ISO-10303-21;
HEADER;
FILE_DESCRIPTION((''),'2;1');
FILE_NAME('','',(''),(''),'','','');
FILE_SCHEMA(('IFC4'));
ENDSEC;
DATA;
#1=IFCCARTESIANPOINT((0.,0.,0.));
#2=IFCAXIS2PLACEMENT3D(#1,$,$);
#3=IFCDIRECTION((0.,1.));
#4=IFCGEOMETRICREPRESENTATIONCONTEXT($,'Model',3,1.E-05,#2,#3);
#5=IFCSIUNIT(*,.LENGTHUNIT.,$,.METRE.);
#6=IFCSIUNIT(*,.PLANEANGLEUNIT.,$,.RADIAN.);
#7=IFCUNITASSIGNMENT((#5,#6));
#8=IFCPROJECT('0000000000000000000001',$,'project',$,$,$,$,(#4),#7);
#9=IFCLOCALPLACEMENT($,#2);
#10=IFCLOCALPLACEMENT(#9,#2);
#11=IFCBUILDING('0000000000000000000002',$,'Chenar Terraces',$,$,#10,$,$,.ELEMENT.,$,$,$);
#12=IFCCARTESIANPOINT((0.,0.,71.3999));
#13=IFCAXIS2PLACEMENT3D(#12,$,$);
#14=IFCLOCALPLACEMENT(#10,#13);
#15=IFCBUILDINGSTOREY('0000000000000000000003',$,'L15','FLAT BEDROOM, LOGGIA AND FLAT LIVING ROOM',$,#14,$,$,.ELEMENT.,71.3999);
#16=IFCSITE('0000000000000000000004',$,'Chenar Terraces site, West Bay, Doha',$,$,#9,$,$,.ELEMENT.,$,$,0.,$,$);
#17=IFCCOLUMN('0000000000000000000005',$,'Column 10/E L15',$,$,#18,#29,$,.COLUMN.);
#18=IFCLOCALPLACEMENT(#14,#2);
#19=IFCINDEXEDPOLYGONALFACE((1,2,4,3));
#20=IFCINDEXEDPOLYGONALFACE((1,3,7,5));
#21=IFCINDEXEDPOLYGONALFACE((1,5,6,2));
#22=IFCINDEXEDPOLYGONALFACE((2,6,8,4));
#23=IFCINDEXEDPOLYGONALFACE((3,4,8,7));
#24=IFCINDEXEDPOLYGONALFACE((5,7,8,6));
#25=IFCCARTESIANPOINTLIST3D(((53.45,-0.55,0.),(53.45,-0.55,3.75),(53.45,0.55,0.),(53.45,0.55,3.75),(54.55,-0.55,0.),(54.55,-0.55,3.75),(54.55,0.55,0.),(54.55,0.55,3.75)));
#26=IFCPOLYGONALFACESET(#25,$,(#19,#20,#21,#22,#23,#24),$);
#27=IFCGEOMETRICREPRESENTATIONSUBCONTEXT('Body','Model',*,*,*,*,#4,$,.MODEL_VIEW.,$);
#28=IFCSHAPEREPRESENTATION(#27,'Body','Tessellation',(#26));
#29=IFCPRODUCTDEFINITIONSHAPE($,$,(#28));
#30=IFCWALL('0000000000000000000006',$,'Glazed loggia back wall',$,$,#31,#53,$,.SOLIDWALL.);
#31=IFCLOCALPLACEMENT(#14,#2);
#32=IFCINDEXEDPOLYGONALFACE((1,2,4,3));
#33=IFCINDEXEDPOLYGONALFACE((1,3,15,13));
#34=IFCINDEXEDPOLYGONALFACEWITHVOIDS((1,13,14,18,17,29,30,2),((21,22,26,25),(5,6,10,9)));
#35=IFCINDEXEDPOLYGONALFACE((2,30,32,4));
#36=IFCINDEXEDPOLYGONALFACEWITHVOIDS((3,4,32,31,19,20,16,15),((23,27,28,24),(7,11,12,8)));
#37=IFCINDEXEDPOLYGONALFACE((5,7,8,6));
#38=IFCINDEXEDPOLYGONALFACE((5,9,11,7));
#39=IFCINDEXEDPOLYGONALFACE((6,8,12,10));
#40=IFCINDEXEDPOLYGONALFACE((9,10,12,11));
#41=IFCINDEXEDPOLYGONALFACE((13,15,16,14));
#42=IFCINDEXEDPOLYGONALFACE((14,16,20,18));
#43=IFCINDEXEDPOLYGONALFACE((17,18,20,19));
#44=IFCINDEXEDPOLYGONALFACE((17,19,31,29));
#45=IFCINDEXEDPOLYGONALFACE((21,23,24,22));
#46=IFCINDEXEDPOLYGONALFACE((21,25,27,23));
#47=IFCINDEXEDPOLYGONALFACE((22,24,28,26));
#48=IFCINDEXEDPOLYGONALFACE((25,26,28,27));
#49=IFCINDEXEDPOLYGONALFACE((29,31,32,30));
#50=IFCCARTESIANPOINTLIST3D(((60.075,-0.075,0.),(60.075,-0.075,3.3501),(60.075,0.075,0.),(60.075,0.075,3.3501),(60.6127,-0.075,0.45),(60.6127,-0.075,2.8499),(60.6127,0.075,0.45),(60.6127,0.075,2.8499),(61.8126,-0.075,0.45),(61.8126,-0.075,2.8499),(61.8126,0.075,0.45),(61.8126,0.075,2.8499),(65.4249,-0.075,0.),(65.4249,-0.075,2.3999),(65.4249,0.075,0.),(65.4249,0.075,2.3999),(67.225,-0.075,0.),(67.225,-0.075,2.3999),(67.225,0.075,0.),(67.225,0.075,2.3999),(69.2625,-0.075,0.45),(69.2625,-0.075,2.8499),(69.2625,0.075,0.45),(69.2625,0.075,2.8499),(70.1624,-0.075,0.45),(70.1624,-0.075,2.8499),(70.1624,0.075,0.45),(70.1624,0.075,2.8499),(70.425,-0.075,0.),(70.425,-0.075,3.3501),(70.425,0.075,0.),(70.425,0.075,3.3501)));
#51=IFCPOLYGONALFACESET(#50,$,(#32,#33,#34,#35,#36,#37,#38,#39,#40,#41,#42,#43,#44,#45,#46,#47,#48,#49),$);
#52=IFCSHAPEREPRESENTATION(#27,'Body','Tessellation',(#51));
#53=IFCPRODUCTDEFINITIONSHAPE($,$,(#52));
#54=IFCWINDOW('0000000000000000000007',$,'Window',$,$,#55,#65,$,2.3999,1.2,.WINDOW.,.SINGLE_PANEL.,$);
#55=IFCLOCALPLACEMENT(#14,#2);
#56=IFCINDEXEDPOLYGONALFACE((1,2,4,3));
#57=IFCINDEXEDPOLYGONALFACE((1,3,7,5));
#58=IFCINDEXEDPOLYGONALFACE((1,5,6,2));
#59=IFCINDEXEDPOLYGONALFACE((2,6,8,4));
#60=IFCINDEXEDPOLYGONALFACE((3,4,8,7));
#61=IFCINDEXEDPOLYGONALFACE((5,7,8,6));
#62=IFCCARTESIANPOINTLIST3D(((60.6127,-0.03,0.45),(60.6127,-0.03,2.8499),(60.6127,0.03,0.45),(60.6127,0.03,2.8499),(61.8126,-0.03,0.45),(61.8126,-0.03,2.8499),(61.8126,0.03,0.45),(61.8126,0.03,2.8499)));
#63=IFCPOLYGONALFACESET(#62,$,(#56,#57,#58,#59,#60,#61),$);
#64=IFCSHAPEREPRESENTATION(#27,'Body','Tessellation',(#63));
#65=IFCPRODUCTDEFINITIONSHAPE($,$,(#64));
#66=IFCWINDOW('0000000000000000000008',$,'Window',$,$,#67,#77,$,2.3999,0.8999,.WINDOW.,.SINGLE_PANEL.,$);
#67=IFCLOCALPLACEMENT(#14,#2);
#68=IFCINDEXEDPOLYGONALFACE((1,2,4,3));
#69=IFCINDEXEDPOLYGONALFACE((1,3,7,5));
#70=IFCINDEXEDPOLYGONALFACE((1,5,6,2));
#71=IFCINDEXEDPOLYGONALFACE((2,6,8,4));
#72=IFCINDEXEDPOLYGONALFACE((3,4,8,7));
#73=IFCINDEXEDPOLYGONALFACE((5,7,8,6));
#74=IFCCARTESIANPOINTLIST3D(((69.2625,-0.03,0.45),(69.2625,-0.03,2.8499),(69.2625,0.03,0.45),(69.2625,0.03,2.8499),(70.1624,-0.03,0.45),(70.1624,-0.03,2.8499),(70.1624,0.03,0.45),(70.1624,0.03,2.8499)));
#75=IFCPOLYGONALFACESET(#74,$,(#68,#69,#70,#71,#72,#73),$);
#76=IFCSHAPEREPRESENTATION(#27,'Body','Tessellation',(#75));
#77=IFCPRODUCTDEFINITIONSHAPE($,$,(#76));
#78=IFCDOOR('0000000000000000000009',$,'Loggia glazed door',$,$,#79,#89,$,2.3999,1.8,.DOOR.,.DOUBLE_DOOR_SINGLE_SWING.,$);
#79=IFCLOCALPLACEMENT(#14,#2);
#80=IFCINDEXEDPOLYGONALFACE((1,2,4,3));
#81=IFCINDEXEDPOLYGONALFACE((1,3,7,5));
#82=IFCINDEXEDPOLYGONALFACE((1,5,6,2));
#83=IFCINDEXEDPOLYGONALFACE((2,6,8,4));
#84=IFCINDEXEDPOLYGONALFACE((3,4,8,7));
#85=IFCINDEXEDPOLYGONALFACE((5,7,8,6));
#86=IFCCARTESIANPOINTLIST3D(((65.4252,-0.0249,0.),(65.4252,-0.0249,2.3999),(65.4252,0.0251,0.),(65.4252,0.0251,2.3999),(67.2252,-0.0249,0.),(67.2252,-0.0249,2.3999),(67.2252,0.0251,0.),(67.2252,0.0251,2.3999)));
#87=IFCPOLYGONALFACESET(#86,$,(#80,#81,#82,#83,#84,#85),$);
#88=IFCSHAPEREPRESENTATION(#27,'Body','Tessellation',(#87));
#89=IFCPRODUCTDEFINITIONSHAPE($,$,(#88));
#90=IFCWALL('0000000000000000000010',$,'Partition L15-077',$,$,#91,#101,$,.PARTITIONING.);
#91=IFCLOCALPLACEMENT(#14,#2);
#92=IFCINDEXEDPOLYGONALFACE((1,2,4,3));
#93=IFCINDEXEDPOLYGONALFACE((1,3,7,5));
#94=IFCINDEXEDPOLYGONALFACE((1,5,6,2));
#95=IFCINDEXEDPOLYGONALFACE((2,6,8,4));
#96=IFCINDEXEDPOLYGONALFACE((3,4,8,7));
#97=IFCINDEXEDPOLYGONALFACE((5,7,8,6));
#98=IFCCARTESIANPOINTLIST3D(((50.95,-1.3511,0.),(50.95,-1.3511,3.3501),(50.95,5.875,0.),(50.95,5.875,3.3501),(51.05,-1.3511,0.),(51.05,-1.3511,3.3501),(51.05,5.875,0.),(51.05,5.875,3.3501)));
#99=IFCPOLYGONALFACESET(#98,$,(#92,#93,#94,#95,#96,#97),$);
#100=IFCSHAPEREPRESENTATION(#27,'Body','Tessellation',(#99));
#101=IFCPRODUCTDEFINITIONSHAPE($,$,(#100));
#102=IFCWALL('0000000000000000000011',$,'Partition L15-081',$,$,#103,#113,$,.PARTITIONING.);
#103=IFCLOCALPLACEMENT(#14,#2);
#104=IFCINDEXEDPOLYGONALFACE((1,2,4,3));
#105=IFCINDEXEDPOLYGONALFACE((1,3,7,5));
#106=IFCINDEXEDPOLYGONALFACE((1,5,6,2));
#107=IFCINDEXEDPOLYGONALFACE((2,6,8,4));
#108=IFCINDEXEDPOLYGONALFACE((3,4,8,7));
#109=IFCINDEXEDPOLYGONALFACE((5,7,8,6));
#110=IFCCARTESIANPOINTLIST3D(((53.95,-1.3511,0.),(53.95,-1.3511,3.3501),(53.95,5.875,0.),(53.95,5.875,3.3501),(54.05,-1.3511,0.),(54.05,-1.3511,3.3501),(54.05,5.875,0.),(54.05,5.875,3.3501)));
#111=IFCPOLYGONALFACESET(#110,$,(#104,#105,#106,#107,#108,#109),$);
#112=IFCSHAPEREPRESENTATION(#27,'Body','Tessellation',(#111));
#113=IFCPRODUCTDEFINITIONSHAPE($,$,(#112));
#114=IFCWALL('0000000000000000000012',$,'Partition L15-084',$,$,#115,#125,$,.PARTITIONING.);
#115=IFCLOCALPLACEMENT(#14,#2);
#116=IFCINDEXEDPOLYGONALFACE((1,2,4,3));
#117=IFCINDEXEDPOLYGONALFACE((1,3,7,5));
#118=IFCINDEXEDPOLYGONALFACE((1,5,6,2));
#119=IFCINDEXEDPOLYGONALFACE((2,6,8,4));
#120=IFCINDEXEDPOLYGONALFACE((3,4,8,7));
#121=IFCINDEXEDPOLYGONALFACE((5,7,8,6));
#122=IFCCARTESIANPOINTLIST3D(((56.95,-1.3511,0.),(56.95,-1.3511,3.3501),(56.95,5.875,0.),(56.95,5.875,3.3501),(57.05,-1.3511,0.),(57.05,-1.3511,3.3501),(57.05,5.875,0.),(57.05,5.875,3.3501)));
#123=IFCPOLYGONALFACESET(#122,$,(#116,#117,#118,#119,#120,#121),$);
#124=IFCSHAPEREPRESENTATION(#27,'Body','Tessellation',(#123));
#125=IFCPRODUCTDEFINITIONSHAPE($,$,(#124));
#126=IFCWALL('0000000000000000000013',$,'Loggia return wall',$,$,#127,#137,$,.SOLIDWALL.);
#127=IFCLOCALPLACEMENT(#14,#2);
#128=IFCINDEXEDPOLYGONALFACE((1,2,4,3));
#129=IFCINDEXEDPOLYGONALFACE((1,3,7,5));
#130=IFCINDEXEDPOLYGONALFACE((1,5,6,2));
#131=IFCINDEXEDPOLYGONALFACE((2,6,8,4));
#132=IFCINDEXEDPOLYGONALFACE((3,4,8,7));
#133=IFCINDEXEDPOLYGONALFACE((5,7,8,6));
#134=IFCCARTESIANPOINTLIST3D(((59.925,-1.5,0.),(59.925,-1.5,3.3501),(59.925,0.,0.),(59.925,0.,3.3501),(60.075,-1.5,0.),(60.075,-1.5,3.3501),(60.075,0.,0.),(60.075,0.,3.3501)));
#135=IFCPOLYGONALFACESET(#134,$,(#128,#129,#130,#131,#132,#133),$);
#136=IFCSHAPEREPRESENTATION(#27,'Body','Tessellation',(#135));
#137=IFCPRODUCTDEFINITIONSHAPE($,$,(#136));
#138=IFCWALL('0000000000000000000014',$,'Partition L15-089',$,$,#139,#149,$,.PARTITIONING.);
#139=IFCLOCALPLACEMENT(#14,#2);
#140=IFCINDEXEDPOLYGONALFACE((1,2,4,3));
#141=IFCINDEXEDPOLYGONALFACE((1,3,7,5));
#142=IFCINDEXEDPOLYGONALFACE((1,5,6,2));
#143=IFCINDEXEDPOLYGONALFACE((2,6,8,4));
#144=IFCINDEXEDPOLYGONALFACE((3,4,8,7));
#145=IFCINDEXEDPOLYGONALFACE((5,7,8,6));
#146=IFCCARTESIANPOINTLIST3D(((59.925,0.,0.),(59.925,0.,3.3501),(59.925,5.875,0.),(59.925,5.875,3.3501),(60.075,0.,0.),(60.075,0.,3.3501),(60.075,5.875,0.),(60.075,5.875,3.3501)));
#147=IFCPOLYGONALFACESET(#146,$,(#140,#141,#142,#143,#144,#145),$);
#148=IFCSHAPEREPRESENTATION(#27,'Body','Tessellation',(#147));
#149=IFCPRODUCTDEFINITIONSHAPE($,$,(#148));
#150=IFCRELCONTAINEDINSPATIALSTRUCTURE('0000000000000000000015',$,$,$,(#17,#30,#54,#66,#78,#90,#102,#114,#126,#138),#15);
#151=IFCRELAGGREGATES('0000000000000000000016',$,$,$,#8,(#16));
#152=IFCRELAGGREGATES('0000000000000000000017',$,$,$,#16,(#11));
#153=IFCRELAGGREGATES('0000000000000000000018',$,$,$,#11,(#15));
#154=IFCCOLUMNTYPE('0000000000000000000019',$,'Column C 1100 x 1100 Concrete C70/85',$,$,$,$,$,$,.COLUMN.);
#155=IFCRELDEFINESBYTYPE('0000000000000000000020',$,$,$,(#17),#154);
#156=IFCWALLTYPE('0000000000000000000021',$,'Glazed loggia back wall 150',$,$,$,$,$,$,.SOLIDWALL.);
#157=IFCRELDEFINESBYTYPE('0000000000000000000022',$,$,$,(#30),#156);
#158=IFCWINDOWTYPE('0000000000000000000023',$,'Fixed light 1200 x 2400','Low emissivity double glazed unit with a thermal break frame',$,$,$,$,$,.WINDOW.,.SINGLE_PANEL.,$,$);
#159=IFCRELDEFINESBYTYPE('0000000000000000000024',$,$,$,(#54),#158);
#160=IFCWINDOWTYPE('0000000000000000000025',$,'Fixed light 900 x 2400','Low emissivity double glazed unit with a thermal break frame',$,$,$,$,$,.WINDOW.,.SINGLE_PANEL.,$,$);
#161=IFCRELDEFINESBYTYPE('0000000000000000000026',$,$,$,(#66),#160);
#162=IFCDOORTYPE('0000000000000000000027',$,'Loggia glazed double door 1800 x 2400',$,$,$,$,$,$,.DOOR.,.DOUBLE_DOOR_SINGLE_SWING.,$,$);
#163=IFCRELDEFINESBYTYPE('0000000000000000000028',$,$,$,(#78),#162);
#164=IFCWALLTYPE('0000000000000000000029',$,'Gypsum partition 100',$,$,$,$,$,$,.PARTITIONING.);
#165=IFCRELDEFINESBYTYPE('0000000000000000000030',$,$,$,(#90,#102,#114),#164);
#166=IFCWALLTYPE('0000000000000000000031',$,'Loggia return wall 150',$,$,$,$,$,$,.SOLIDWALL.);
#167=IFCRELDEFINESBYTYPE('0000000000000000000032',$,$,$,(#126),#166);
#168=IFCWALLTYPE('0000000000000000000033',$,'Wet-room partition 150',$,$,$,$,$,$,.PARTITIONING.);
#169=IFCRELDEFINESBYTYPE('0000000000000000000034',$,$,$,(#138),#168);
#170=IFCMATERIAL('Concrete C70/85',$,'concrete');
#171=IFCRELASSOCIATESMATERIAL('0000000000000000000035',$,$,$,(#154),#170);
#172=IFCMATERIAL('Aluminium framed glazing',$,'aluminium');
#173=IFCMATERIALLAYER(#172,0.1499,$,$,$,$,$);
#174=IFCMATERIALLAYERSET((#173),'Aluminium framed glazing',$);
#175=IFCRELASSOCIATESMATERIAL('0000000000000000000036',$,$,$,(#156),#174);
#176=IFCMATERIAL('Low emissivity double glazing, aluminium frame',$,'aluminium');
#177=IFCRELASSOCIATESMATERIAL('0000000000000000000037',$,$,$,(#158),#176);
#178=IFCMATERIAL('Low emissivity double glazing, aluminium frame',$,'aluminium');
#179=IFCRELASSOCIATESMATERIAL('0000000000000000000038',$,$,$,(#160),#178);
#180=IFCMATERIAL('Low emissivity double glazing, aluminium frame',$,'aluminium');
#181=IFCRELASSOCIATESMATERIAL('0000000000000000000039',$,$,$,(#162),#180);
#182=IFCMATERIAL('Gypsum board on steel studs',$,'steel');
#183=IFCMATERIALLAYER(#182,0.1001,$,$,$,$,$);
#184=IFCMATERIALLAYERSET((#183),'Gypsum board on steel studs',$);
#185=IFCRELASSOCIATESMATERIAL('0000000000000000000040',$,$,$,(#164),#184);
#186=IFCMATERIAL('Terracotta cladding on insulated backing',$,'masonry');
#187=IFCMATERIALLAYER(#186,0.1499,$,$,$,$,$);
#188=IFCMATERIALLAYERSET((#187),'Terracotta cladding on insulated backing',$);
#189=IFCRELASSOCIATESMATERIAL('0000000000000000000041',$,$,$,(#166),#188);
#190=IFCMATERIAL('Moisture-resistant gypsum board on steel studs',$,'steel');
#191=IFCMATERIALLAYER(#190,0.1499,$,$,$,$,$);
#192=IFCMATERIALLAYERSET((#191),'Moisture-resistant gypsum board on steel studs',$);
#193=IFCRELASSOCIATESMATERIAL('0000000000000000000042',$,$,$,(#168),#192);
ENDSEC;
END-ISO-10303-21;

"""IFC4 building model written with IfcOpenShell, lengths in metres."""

from ifc_helpers import new_model, si_unit, direction, frame, frame_2d, origin, origin_2d, place, context, subcontext, project, spatial, rectangle, extrude, material, layer, layer_set, material_profile, profile_set, type_object, element, fill, save


model = new_model("IFC4")

# Units and contexts
model_context = context("Model", 3, precision=1e-05, world=origin(), true_north=direction((0.0, 1.0)))
body_context = subcontext(model_context, "Body", "Model", "MODEL_VIEW")
ifc_project = project(units=[si_unit("LENGTHUNIT", "METRE"), si_unit("PLANEANGLEUNIT", "RADIAN")], contexts=[model_context])

# Site, building, storey
site_placement = place(None, origin())
site = spatial("IfcSite", under=ifc_project, at=site_placement, Name="Chenar Terraces site, West Bay, Doha", CompositionType="ELEMENT", RefElevation=0.0)
building_placement = place(site_placement, origin())
building = spatial("IfcBuilding", under=site, at=building_placement, Name="Chenar Terraces", CompositionType="ELEMENT")
storey_placement = place(building_placement, frame((0.0, 0.0, 71.3999)))
storey = spatial("IfcBuildingStorey", under=building, at=storey_placement, Name="L15", Description="FLAT BEDROOM, LOGGIA AND FLAT LIVING ROOM", CompositionType="ELEMENT", Elevation=71.3999)

# Column
ifc_material_1 = material(Name="Concrete C70/85", Category="concrete")
ifc_material_profile_1 = material_profile(ifc_material_1, rectangle(XDim=1.1001, YDim=1.1001, at=origin_2d()), Name="C 1100 x 1100")
ifc_profile_set_1 = profile_set([ifc_material_profile_1], Name="Concrete C70/85")
column_type = type_object("IfcColumnType", Name="Column C 1100 x 1100 Concrete C70/85", PredefinedType="COLUMN", material=ifc_profile_set_1)
column_placement = place(storey_placement, frame((54.0, 0.0, 0.0), z_axis=(0.0, 0.0, 1.0), x_axis=(1.0, 0.0, 0.0)))
element("IfcColumn", 1, at=column_placement, inside=storey, type_object=column_type, Name="Column 10/E L15", PredefinedType="COLUMN", context=body_context, shape_type="SweptSolid", body=[
    extrude(rectangle(XDim=1.1001, YDim=1.1001, at=origin_2d()), origin(), (0.0, 0.0, 1.0), 3.75),
])

# Wall, openings, windows, door
ifc_material_2 = material(Name="Aluminium framed glazing", Category="aluminium")
ifc_layer_1 = layer(ifc_material_2, 0.1499)
ifc_layer_set_1 = layer_set([ifc_layer_1], Name="Aluminium framed glazing")
wall_type_1 = type_object("IfcWallType", Name="Glazed loggia back wall 150", PredefinedType="SOLIDWALL", material=ifc_layer_set_1)
wall_1_placement = place(storey_placement, frame((60.075, 0.0, 0.0), z_axis=(0.0, 0.0, 1.0), x_axis=(1.0, 0.0, 0.0)))
wall_1 = element("IfcWall", 2, at=wall_1_placement, inside=storey, type_object=wall_type_1, Name="Glazed loggia back wall", PredefinedType="SOLIDWALL", context=body_context, shape_type="SweptSolid", body=[
    extrude(rectangle(XDim=10.3501, YDim=0.1499, at=frame_2d((5.175, 0.0))), origin(), (0.0, 0.0, 1.0), 3.3501),
])
opening_1_placement = place(wall_1_placement, frame((0.5376, 0.0, 0.45)))
opening_1 = element("IfcOpeningElement", 3, at=opening_1_placement, cuts=wall_1, PredefinedType="OPENING", context=body_context, shape_type="SweptSolid", body=[
    extrude(rectangle(XDim=1.2, YDim=2.3999, at=frame_2d((0.6001, 1.2))), frame((0.0, 0.085, 0.0), z_axis=(0.0, -1.0, 0.0), x_axis=(1.0, 0.0, 0.0)), (0.0, 0.0, 1.0), 0.1699),
])
opening_2_placement = place(wall_1_placement, frame((5.3501, 0.0, 0.0)))
opening_2 = element("IfcOpeningElement", 4, at=opening_2_placement, cuts=wall_1, PredefinedType="OPENING", context=body_context, shape_type="SweptSolid", body=[
    extrude(rectangle(XDim=1.8, YDim=2.3999, at=frame_2d((0.8999, 1.2))), frame((0.0, 0.085, 0.0), z_axis=(0.0, -1.0, 0.0), x_axis=(1.0, 0.0, 0.0)), (0.0, 0.0, 1.0), 0.1699),
])
opening_3_placement = place(wall_1_placement, frame((9.1875, 0.0, 0.45)))
opening_3 = element("IfcOpeningElement", 5, at=opening_3_placement, cuts=wall_1, PredefinedType="OPENING", context=body_context, shape_type="SweptSolid", body=[
    extrude(rectangle(XDim=0.8999, YDim=2.3999, at=frame_2d((0.45, 1.2))), frame((0.0, 0.085, 0.0), z_axis=(0.0, -1.0, 0.0), x_axis=(1.0, 0.0, 0.0)), (0.0, 0.0, 1.0), 0.1699),
])
ifc_material_3 = material(Name="Low emissivity double glazing, aluminium frame", Category="aluminium")
window_type_1 = type_object("IfcWindowType", Name="Fixed light 1200 x 2400", Description="Low emissivity double glazed unit with a thermal break frame", PartitioningType="SINGLE_PANEL", PredefinedType="WINDOW", material=ifc_material_3)
window_1_placement = place(opening_1_placement, origin())
window_1 = element("IfcWindow", 6, at=window_1_placement, inside=storey, type_object=window_type_1, Name="Window", OverallHeight=2.3999, OverallWidth=1.2, PartitioningType="SINGLE_PANEL", PredefinedType="WINDOW", context=body_context, shape_type="SweptSolid", body=[
    extrude(rectangle(XDim=1.2, YDim=2.3999, at=frame_2d((0.6001, 1.2))), frame((0.0, 0.03, 0.0), z_axis=(0.0, -1.0, 0.0), x_axis=(1.0, 0.0, 0.0)), (0.0, 0.0, 1.0), 0.0601),
])
fill(opening_1, window_1)
ifc_material_4 = material(Name="Low emissivity double glazing, aluminium frame", Category="aluminium")
window_type_2 = type_object("IfcWindowType", Name="Fixed light 900 x 2400", Description="Low emissivity double glazed unit with a thermal break frame", PartitioningType="SINGLE_PANEL", PredefinedType="WINDOW", material=ifc_material_4)
window_2_placement = place(opening_3_placement, origin())
window_2 = element("IfcWindow", 7, at=window_2_placement, inside=storey, type_object=window_type_2, Name="Window", OverallHeight=2.3999, OverallWidth=0.8999, PartitioningType="SINGLE_PANEL", PredefinedType="WINDOW", context=body_context, shape_type="SweptSolid", body=[
    extrude(rectangle(XDim=0.8999, YDim=2.3999, at=frame_2d((0.45, 1.2))), frame((0.0, 0.03, 0.0), z_axis=(0.0, -1.0, 0.0), x_axis=(1.0, 0.0, 0.0)), (0.0, 0.0, 1.0), 0.0601),
])
fill(opening_3, window_2)
ifc_material_5 = material(Name="Low emissivity double glazing, aluminium frame", Category="aluminium")
door_type = type_object("IfcDoorType", Name="Loggia glazed double door 1800 x 2400", OperationType="DOUBLE_DOOR_SINGLE_SWING", PredefinedType="DOOR", material=ifc_material_5)
door_placement = place(opening_2_placement, frame((1.8, 0.0, 0.0), z_axis=(0.0, 0.0, 1.0), x_axis=(-1.0, 0.0, 0.0)))
door = element("IfcDoor", 8, at=door_placement, inside=storey, type_object=door_type, Name="Loggia glazed door", OperationType="DOUBLE_DOOR_SINGLE_SWING", OverallHeight=2.3999, OverallWidth=1.8, PredefinedType="DOOR", context=body_context, shape_type="SweptSolid", body=[
    extrude(rectangle(XDim=1.8, YDim=2.3999, at=frame_2d((0.8999, 1.2))), frame((0.0, 0.0249, 0.0), z_axis=(0.0, -1.0, 0.0), x_axis=(1.0, 0.0, 0.0)), (0.0, 0.0, 1.0), 0.05),
])
fill(opening_2, door)

# Walls
ifc_material_6 = material(Name="Gypsum board on steel studs", Category="steel")
ifc_layer_2 = layer(ifc_material_6, 0.1001)
ifc_layer_set_2 = layer_set([ifc_layer_2], Name="Gypsum board on steel studs")
wall_type_2 = type_object("IfcWallType", Name="Gypsum partition 100", PredefinedType="PARTITIONING", material=ifc_layer_set_2)
for number, where, z_axis, x_axis, name in (
    (9, (51.0, -1.3511, 0.0), (0.0, 0.0, 1.0), (0.0, 1.0, 0.0), "Partition L15-077"),
    (10, (54.0, -1.3511, 0.0), (0.0, 0.0, 1.0), (0.0, 1.0, 0.0), "Partition L15-081"),
    (11, (57.0, -1.3511, 0.0), (0.0, 0.0, 1.0), (0.0, 1.0, 0.0), "Partition L15-084"),
):
    element("IfcWall", number, at=place(storey_placement, frame(where, z_axis=z_axis, x_axis=x_axis)), inside=storey, type_object=wall_type_2, Name=name, PredefinedType="PARTITIONING", context=body_context, shape_type="SweptSolid", body=[
        extrude(rectangle(XDim=7.2261, YDim=0.1001, at=frame_2d((3.613, 0.0))), origin(), (0.0, 0.0, 1.0), 3.3501),
    ])
ifc_material_7 = material(Name="Terracotta cladding on insulated backing", Category="masonry")
ifc_layer_3 = layer(ifc_material_7, 0.1499)
ifc_layer_set_3 = layer_set([ifc_layer_3], Name="Terracotta cladding on insulated backing")
wall_type_3 = type_object("IfcWallType", Name="Loggia return wall 150", PredefinedType="SOLIDWALL", material=ifc_layer_set_3)
wall_2_placement = place(storey_placement, frame((60.0, -1.5, 0.0), z_axis=(0.0, 0.0, 1.0), x_axis=(0.0, 1.0, 0.0)))
element("IfcWall", 12, at=wall_2_placement, inside=storey, type_object=wall_type_3, Name="Loggia return wall", PredefinedType="SOLIDWALL", context=body_context, shape_type="SweptSolid", body=[
    extrude(rectangle(XDim=1.5, YDim=0.1499, at=frame_2d((0.75, 0.0))), origin(), (0.0, 0.0, 1.0), 3.3501),
])
ifc_material_8 = material(Name="Moisture-resistant gypsum board on steel studs", Category="steel")
ifc_layer_4 = layer(ifc_material_8, 0.1499)
ifc_layer_set_4 = layer_set([ifc_layer_4], Name="Moisture-resistant gypsum board on steel studs")
wall_type_4 = type_object("IfcWallType", Name="Wet-room partition 150", PredefinedType="PARTITIONING", material=ifc_layer_set_4)
wall_3_placement = place(storey_placement, frame((60.0, 0.0, 0.0), z_axis=(0.0, 0.0, 1.0), x_axis=(0.0, 1.0, 0.0)))
element("IfcWall", 13, at=wall_3_placement, inside=storey, type_object=wall_type_4, Name="Partition L15-089", PredefinedType="PARTITIONING", context=body_context, shape_type="SweptSolid", body=[
    extrude(rectangle(XDim=5.875, YDim=0.1499, at=frame_2d((2.9375, 0.0))), origin(), (0.0, 0.0, 1.0), 3.3501),
])

save(model, "model.ifc")
